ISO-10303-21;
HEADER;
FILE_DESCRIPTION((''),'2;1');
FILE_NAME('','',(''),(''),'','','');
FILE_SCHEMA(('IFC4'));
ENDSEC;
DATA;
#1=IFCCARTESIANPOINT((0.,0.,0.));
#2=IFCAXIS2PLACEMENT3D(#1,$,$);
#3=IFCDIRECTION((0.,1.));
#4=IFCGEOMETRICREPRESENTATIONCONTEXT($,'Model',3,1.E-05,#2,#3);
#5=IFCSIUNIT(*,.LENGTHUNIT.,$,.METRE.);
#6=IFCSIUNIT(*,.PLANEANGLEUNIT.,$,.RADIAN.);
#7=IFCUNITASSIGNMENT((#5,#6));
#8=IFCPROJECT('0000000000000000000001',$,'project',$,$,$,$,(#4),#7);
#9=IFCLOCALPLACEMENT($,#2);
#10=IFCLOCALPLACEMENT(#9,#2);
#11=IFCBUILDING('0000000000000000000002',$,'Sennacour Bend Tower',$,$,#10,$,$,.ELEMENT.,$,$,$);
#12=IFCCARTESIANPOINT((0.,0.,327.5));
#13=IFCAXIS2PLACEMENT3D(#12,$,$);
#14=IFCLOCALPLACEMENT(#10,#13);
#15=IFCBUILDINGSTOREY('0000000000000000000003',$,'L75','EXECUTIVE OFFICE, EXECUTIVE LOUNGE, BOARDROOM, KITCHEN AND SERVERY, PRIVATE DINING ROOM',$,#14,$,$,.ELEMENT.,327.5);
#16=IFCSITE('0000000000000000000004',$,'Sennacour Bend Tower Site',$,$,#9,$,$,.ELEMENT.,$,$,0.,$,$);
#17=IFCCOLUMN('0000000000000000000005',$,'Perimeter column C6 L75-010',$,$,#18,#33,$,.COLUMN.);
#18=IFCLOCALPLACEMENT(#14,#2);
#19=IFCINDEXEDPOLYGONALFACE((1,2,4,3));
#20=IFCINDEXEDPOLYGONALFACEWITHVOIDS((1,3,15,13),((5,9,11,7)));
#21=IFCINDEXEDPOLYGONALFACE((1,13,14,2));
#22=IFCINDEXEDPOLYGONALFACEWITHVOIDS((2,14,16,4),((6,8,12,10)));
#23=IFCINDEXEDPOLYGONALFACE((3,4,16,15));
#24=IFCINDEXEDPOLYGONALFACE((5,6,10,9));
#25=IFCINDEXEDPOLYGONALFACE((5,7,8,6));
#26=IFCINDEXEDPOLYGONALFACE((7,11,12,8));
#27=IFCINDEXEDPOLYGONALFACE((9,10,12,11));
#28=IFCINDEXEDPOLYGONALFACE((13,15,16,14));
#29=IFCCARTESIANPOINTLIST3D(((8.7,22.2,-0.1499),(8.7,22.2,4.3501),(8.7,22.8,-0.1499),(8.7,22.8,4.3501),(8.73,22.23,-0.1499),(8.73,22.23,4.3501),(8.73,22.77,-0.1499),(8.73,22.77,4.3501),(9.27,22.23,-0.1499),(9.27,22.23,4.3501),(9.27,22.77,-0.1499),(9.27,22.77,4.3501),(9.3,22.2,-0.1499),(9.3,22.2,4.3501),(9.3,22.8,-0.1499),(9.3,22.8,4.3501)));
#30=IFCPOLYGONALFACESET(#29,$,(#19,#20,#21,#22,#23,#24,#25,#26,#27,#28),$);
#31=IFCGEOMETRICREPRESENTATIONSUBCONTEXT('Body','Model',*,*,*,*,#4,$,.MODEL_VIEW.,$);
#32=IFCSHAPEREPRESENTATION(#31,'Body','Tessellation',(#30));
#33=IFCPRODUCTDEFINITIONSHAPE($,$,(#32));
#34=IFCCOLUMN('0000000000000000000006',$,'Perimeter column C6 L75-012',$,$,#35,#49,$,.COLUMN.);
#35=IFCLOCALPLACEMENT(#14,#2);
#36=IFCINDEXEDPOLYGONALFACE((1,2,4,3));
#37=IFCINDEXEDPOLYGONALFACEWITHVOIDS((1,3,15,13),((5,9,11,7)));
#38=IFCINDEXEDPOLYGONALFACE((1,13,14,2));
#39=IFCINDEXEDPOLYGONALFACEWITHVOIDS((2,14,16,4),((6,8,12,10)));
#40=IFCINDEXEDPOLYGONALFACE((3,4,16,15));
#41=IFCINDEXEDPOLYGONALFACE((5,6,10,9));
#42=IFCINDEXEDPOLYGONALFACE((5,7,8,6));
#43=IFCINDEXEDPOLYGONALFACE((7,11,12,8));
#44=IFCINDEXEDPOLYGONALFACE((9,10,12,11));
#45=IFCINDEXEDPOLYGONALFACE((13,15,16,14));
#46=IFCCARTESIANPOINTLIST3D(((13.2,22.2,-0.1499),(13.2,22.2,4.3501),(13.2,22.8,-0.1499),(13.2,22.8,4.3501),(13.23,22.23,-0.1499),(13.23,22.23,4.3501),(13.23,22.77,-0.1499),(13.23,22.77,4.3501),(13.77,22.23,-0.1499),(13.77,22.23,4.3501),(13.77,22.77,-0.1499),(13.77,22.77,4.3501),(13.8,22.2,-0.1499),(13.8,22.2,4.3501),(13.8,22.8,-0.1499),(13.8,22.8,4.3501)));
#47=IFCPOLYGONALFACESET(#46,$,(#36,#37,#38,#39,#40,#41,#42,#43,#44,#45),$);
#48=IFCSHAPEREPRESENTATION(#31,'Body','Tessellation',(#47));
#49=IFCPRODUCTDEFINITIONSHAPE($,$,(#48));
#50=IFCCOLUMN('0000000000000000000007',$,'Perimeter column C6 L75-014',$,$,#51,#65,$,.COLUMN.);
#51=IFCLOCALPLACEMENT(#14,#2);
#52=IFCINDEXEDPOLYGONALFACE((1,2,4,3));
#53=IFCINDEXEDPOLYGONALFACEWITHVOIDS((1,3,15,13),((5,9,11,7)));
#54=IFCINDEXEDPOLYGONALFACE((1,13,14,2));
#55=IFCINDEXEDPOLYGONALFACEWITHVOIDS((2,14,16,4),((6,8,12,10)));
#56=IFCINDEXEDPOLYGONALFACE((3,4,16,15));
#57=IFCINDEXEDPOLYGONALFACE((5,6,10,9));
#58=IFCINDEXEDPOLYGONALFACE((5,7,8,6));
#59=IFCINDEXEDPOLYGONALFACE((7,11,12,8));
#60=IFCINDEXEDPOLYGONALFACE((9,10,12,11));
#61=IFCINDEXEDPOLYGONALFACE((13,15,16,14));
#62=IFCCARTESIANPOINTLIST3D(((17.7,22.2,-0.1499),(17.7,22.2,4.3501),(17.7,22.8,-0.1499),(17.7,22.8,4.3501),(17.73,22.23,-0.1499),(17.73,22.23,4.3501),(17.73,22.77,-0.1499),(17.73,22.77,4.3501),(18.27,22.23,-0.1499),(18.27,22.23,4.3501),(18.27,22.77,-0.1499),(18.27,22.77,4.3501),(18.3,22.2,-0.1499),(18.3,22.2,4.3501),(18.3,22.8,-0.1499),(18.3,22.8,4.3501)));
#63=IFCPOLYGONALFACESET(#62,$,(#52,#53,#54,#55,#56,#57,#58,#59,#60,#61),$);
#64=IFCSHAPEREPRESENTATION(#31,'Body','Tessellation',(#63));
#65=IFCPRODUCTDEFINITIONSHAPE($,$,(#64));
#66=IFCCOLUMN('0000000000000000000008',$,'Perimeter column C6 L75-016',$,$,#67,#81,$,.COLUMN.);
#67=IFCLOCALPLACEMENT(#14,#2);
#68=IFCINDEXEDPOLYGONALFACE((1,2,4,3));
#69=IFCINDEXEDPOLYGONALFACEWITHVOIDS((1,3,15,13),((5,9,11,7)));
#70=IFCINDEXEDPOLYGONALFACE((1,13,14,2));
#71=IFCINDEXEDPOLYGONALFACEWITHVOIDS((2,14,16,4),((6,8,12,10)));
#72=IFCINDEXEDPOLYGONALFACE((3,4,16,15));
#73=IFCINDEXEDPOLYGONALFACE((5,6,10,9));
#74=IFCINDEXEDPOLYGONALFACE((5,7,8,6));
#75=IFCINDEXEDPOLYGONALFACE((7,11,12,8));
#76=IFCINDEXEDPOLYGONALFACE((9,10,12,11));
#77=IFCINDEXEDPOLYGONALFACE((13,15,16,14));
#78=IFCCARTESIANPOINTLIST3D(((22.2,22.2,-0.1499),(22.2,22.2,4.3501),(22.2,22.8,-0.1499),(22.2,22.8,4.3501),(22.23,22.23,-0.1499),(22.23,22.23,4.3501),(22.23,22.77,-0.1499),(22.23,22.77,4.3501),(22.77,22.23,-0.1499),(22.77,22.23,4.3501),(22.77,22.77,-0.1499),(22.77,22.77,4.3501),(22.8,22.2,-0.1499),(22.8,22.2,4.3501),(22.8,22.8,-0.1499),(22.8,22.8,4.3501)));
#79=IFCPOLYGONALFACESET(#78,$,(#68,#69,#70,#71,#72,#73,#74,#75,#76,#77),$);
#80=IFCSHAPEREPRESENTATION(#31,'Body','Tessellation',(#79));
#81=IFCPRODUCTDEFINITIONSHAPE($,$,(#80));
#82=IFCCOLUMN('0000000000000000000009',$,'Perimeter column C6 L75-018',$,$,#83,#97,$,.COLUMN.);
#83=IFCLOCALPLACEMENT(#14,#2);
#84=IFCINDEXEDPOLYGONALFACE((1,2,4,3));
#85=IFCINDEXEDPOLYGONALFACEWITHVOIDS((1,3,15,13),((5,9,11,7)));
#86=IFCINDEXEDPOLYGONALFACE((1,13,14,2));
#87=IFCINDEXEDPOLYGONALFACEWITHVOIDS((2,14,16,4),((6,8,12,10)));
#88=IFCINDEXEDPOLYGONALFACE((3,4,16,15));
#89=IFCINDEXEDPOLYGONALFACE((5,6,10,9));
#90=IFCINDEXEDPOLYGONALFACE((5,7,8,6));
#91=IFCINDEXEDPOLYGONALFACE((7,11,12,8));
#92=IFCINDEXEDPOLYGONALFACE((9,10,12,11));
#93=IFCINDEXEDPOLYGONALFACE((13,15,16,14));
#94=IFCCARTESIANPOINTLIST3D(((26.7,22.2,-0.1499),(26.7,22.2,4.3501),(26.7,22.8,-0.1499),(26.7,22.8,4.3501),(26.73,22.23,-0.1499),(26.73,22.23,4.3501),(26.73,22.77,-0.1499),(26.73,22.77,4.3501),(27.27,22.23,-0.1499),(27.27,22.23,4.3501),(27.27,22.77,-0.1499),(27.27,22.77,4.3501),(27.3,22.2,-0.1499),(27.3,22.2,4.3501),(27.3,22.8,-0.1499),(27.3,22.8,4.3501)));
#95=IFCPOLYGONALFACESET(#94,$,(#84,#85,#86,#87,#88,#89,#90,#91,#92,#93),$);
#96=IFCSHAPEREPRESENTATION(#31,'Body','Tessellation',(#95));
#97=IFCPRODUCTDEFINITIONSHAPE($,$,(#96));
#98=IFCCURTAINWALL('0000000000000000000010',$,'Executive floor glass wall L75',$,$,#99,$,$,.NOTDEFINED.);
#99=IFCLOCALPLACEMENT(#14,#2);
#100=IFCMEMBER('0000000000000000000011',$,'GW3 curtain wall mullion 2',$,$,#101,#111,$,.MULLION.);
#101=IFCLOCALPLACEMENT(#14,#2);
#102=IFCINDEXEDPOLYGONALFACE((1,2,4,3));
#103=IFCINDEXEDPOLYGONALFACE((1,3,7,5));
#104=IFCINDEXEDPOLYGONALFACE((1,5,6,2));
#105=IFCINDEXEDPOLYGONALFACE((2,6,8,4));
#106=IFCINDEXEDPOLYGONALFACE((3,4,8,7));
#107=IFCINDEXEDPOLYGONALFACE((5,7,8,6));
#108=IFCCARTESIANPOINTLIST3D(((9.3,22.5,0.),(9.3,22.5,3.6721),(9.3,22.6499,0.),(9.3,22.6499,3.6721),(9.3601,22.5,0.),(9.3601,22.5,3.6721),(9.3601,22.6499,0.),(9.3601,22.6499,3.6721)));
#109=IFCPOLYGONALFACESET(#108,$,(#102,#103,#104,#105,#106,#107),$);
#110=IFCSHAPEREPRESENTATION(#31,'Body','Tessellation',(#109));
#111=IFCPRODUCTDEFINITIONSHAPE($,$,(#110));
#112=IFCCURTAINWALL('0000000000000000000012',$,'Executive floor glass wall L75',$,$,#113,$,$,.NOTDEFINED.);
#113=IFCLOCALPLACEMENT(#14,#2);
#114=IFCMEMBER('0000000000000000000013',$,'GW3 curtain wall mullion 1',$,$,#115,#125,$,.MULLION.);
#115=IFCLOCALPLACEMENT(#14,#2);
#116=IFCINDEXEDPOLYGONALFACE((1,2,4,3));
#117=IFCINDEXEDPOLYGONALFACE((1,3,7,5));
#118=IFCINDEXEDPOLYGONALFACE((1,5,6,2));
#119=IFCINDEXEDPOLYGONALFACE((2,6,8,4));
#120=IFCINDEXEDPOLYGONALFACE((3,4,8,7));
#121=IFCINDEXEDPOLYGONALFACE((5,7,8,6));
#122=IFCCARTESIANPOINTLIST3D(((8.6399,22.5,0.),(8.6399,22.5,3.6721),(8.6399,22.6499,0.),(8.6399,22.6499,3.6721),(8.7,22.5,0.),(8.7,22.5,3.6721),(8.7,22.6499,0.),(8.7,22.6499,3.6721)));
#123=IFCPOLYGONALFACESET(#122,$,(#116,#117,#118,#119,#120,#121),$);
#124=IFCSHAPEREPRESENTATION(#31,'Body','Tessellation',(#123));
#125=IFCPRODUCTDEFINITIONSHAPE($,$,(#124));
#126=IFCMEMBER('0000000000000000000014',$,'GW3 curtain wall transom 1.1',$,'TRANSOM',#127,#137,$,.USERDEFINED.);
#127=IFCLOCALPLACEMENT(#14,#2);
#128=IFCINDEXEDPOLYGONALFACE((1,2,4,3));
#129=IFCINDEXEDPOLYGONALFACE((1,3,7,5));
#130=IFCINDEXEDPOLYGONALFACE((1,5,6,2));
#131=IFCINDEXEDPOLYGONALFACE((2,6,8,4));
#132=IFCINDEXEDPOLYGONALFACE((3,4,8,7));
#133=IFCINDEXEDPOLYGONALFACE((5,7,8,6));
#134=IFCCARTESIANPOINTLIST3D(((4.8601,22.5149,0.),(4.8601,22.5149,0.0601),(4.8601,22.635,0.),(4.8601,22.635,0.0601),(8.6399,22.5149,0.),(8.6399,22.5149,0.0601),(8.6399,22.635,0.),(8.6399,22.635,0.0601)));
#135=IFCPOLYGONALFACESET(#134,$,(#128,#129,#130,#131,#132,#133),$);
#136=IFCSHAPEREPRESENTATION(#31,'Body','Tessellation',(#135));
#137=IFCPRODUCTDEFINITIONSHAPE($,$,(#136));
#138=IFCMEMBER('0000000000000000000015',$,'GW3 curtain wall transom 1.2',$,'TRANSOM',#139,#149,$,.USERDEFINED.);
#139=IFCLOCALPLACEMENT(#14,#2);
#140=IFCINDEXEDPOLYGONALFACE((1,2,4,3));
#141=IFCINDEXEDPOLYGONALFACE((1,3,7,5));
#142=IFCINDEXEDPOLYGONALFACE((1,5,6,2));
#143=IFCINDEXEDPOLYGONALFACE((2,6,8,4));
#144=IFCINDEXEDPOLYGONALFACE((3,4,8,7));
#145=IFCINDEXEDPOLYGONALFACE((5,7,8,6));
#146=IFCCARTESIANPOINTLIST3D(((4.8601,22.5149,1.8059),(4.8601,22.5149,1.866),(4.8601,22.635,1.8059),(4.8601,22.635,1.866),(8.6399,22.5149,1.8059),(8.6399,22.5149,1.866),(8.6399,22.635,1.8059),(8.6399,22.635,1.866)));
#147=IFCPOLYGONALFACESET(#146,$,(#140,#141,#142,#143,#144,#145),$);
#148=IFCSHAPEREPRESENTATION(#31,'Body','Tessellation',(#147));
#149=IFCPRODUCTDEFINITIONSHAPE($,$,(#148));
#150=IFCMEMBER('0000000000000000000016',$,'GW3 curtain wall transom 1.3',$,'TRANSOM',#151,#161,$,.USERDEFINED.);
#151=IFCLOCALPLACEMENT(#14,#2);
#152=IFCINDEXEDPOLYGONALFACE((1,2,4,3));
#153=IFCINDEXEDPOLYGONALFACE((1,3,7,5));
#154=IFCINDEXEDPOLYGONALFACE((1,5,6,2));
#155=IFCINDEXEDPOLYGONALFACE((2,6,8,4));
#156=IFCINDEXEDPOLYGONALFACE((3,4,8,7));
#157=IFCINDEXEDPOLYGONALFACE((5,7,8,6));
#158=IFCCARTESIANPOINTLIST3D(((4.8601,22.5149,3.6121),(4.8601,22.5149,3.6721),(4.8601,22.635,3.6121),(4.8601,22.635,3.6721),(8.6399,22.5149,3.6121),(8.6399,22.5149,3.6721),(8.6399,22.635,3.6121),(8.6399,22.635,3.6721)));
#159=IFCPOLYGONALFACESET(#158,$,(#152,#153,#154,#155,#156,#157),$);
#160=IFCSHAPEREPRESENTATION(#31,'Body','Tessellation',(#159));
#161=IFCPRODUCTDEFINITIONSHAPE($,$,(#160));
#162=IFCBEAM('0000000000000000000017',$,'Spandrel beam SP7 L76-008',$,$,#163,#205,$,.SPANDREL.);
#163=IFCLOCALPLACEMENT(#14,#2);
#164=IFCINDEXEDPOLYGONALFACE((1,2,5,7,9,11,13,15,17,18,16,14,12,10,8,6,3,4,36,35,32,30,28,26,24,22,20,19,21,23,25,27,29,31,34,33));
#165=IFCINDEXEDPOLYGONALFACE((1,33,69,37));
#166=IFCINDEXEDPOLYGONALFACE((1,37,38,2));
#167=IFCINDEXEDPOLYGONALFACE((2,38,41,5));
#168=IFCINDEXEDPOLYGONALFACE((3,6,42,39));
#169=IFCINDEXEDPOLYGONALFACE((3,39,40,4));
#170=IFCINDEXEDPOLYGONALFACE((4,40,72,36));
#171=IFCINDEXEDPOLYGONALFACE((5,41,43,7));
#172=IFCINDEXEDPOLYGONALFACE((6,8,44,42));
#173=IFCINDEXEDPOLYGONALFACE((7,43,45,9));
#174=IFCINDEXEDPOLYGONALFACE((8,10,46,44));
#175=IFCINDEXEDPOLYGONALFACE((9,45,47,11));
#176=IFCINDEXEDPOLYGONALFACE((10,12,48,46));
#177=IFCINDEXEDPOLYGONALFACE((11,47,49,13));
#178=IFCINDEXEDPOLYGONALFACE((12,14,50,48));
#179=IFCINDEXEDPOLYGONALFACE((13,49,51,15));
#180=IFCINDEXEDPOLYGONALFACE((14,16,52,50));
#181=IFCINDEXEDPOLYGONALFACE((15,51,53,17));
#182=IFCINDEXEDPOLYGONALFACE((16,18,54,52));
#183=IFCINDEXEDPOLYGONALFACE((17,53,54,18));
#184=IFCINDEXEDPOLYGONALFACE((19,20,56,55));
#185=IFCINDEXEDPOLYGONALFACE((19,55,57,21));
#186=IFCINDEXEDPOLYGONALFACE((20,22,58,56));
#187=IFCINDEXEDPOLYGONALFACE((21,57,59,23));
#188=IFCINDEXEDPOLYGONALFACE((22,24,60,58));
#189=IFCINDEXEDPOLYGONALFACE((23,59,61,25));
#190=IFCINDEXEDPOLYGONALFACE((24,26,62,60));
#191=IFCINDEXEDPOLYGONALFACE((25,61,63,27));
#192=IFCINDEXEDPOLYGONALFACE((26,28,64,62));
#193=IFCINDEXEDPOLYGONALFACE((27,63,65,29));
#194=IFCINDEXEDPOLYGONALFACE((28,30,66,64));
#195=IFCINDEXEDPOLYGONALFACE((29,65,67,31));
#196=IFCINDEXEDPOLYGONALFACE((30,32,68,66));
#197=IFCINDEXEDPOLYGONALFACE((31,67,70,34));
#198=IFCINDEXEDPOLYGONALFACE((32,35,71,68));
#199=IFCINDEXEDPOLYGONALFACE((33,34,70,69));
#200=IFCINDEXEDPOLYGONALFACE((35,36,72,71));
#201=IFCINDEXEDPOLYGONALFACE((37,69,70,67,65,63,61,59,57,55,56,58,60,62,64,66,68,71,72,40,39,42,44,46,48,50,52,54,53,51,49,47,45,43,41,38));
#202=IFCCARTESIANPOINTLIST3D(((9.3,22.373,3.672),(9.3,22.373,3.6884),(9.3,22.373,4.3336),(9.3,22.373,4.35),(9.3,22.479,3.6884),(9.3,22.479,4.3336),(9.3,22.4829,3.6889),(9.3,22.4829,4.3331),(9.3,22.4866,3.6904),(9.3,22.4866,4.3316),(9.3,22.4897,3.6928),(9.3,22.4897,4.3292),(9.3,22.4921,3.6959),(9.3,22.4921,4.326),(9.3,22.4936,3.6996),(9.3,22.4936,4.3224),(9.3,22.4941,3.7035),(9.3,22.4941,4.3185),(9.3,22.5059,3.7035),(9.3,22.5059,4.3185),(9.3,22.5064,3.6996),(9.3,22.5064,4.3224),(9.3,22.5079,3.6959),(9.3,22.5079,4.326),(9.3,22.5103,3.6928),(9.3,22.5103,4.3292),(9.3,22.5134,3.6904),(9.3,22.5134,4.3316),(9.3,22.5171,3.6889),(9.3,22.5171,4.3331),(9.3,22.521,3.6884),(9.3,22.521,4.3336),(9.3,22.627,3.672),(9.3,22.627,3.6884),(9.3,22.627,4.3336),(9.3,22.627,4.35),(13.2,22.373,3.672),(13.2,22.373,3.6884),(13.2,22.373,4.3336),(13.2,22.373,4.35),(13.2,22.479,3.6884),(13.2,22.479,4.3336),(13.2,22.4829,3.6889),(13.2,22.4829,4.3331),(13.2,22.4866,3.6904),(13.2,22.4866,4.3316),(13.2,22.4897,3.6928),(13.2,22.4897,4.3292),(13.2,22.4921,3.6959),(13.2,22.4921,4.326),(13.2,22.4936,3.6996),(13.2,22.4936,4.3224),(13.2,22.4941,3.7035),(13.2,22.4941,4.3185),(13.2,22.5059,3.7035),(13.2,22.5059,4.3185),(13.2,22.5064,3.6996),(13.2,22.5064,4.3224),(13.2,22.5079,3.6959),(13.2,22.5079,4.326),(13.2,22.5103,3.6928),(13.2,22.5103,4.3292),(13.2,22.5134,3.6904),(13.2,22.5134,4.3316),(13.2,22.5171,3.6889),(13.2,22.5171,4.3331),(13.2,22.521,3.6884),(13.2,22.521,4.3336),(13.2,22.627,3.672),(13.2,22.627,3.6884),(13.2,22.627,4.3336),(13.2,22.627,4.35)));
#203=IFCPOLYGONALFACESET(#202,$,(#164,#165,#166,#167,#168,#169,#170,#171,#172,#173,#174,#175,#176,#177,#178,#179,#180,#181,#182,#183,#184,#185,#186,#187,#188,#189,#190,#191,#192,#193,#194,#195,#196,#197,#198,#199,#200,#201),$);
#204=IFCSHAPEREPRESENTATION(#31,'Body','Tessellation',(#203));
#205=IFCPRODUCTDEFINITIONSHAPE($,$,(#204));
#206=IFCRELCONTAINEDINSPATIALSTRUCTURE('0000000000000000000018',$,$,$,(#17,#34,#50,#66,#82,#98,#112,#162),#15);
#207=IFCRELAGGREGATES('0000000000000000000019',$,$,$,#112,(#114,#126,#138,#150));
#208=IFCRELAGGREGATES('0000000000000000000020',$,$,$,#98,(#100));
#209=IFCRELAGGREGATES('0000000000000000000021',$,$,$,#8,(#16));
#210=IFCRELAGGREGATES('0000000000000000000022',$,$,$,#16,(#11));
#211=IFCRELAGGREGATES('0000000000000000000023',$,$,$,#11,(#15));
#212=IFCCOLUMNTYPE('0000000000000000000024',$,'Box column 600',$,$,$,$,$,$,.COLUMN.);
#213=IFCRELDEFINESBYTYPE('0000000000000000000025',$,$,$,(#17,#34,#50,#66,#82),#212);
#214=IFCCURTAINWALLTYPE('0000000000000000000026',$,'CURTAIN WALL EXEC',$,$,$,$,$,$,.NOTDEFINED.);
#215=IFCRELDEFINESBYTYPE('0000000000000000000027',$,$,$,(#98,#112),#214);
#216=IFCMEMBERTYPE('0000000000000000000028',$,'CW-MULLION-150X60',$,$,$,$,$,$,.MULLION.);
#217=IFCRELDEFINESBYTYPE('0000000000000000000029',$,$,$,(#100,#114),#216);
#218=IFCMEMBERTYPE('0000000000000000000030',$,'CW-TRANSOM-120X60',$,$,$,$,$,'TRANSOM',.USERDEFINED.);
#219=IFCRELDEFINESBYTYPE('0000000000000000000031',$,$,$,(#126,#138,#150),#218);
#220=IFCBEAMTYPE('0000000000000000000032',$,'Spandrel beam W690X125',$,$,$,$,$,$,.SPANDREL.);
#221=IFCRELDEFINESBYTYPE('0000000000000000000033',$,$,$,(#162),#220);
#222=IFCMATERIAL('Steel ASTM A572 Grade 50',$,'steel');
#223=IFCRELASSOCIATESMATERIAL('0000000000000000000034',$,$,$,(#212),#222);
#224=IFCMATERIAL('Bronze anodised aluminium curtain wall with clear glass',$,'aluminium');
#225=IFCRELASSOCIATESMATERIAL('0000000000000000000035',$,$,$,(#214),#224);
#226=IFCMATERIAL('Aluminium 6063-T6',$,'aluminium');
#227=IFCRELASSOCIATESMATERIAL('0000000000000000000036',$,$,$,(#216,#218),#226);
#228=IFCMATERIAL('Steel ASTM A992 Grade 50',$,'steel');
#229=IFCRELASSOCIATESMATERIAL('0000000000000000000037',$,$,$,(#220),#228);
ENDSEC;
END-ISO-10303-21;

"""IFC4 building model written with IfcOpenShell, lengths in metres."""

from ifc_helpers import new_model, si_unit, direction, frame, origin, origin_2d, place, context, subcontext, project, spatial, rectangle, hollow_rectangle, i_section, extrude, material, material_profile, profile_set, type_object, element, aggregate, save


model = new_model("IFC4")

# Units and contexts
model_context = context("Model", 3, precision=1e-05, world=origin(), true_north=direction((0.0, 1.0)))
body_context = subcontext(model_context, "Body", "Model", "MODEL_VIEW")
ifc_project = project(units=[si_unit("LENGTHUNIT", "METRE"), si_unit("PLANEANGLEUNIT", "RADIAN")], contexts=[model_context])

# Site, building, storey
site_placement = place(None, origin())
site = spatial("IfcSite", under=ifc_project, at=site_placement, Name="Sennacour Bend Tower Site", CompositionType="ELEMENT", RefElevation=0.0)
building_placement = place(site_placement, origin())
building = spatial("IfcBuilding", under=site, at=building_placement, Name="Sennacour Bend Tower", CompositionType="ELEMENT")
storey_placement = place(building_placement, frame((0.0, 0.0, 327.5)))
storey = spatial("IfcBuildingStorey", under=building, at=storey_placement, Name="L75", Description="EXECUTIVE OFFICE, EXECUTIVE LOUNGE, BOARDROOM, KITCHEN AND SERVERY, PRIVATE DINING ROOM", CompositionType="ELEMENT", Elevation=327.5)

# Columns
ifc_material_1 = material(Name="Steel ASTM A572 Grade 50", Category="steel")
ifc_material_profile_1 = material_profile(ifc_material_1, hollow_rectangle(XDim=0.6001, YDim=0.6001, WallThickness=0.03, at=origin_2d()), Name="Steel ASTM A572 Grade 50", Category="steel")
ifc_profile_set_1 = profile_set([ifc_material_profile_1], Name="Steel ASTM A572 Grade 50")
column_type = type_object("IfcColumnType", Name="Box column 600", PredefinedType="COLUMN", material=ifc_profile_set_1)
for number, where, z_axis, x_axis, name in (
    (1, (9.0, 22.5, -0.1499), (0.0, 0.0, 1.0), (1.0, 0.0, 0.0), "Perimeter column C6 L75-010"),
    (2, (13.5, 22.5, -0.1499), (0.0, 0.0, 1.0), (1.0, 0.0, 0.0), "Perimeter column C6 L75-012"),
    (3, (18.0, 22.5, -0.1499), (0.0, 0.0, 1.0), (1.0, 0.0, 0.0), "Perimeter column C6 L75-014"),
    (4, (22.5, 22.5, -0.1499), (0.0, 0.0, 1.0), (1.0, 0.0, 0.0), "Perimeter column C6 L75-016"),
    (5, (27.0, 22.5, -0.1499), (0.0, 0.0, 1.0), (1.0, 0.0, 0.0), "Perimeter column C6 L75-018"),
):
    element("IfcColumn", number, at=place(storey_placement, frame(where, z_axis=z_axis, x_axis=x_axis)), inside=storey, type_object=column_type, Name=name, PredefinedType="COLUMN", context=body_context, shape_type="SweptSolid", body=[
        extrude(hollow_rectangle(XDim=0.6001, YDim=0.6001, WallThickness=0.03, at=origin_2d()), origin(), (0.0, 0.0, 1.0), 4.5),
    ])

# Curtain wall, member
ifc_material_2 = material(Name="Bronze anodised aluminium curtain wall with clear glass", Category="aluminium")
curtain_wall_type = type_object("IfcCurtainWallType", Name="CURTAIN WALL EXEC", PredefinedType="NOTDEFINED", material=ifc_material_2)
curtain_wall_1_placement = place(storey_placement, origin())
curtain_wall_1 = element("IfcCurtainWall", 6, at=curtain_wall_1_placement, inside=storey, type_object=curtain_wall_type, Name="Executive floor glass wall L75", PredefinedType="NOTDEFINED")
ifc_material_3 = material(Name="Aluminium 6063-T6", Category="aluminium")
ifc_material_profile_2 = material_profile(ifc_material_3, rectangle(XDim=0.1499, YDim=0.0601, at=origin_2d()), Name="Aluminium 6063-T6", Category="aluminium")
ifc_profile_set_2 = profile_set([ifc_material_profile_2], Name="Aluminium 6063-T6")
member_type_1 = type_object("IfcMemberType", Name="CW-MULLION-150X60", PredefinedType="MULLION", material=ifc_profile_set_2)
member_1_placement = place(storey_placement, frame((9.3301, 22.575, 0.0), z_axis=(0.0, 0.0, 1.0), x_axis=(0.0, -1.0, 0.0)))
member_1 = element("IfcMember", 7, at=member_1_placement, type_object=member_type_1, Name="GW3 curtain wall mullion 2", PredefinedType="MULLION", context=body_context, shape_type="SweptSolid", body=[
    extrude(rectangle(XDim=0.1499, YDim=0.0601, at=origin_2d()), origin(), (0.0, 0.0, 1.0), 3.6721),
])

# Curtain wall, members
curtain_wall_2_placement = place(storey_placement, origin())
curtain_wall_2 = element("IfcCurtainWall", 8, at=curtain_wall_2_placement, inside=storey, type_object=curtain_wall_type, Name="Executive floor glass wall L75", PredefinedType="NOTDEFINED")
member_2_placement = place(storey_placement, frame((8.6699, 22.575, 0.0), z_axis=(0.0, 0.0, 1.0), x_axis=(0.0, -1.0, 0.0)))
member_2 = element("IfcMember", 9, at=member_2_placement, type_object=member_type_1, Name="GW3 curtain wall mullion 1", PredefinedType="MULLION", context=body_context, shape_type="SweptSolid", body=[
    extrude(rectangle(XDim=0.1499, YDim=0.0601, at=origin_2d()), origin(), (0.0, 0.0, 1.0), 3.6721),
])
ifc_material_profile_3 = material_profile(ifc_material_3, rectangle(XDim=0.1201, YDim=0.0601, at=origin_2d()), Name="Aluminium 6063-T6", Category="aluminium")
ifc_profile_set_3 = profile_set([ifc_material_profile_3], Name="Aluminium 6063-T6")
member_type_2 = type_object("IfcMemberType", Name="CW-TRANSOM-120X60", ElementType="TRANSOM", PredefinedType="USERDEFINED", material=ifc_profile_set_3)
member_3_placement = place(storey_placement, frame((8.6399, 22.575, 0.03), z_axis=(-1.0, 0.0, 0.0), x_axis=(0.0, -1.0, 0.0)))
member_3 = element("IfcMember", 10, at=member_3_placement, type_object=member_type_2, Name="GW3 curtain wall transom 1.1", ObjectType="TRANSOM", PredefinedType="USERDEFINED", context=body_context, shape_type="SweptSolid", body=[
    extrude(rectangle(XDim=0.1201, YDim=0.0601, at=origin_2d()), origin(), (0.0, 0.0, 1.0), 3.7798),
])
member_4_placement = place(storey_placement, frame((8.6399, 22.575, 1.8359), z_axis=(-1.0, 0.0, 0.0), x_axis=(0.0, -1.0, 0.0)))
member_4 = element("IfcMember", 11, at=member_4_placement, type_object=member_type_2, Name="GW3 curtain wall transom 1.2", ObjectType="TRANSOM", PredefinedType="USERDEFINED", context=body_context, shape_type="SweptSolid", body=[
    extrude(rectangle(XDim=0.1201, YDim=0.0601, at=origin_2d()), origin(), (0.0, 0.0, 1.0), 3.7798),
])
member_5_placement = place(storey_placement, frame((8.6399, 22.575, 3.6421), z_axis=(-1.0, 0.0, 0.0), x_axis=(0.0, -1.0, 0.0)))
member_5 = element("IfcMember", 12, at=member_5_placement, type_object=member_type_2, Name="GW3 curtain wall transom 1.3", ObjectType="TRANSOM", PredefinedType="USERDEFINED", context=body_context, shape_type="SweptSolid", body=[
    extrude(rectangle(XDim=0.1201, YDim=0.0601, at=origin_2d()), origin(), (0.0, 0.0, 1.0), 3.7798),
])
aggregate(curtain_wall_2, [member_2, member_3, member_4, member_5])

# Beam
ifc_material_4 = material(Name="Steel ASTM A992 Grade 50", Category="steel")
ifc_material_profile_4 = material_profile(ifc_material_4, i_section(OverallWidth=0.2539, OverallDepth=0.678, WebThickness=0.0117, FlangeThickness=0.0164, FilletRadius=0.0151, at=origin_2d()), Name="Steel ASTM A992 Grade 50", Category="steel")
ifc_profile_set_4 = profile_set([ifc_material_profile_4], Name="Steel ASTM A992 Grade 50")
beam_type = type_object("IfcBeamType", Name="Spandrel beam W690X125", PredefinedType="SPANDREL", material=ifc_profile_set_4)
for number, where, z_axis, x_axis, name in (
    (13, (9.3, 22.5, 4.011), (1.0, 0.0, 0.0), (0.0, 1.0, 0.0), "Spandrel beam SP7 L76-008"),
):
    element("IfcBeam", number, at=place(storey_placement, frame(where, z_axis=z_axis, x_axis=x_axis)), inside=storey, type_object=beam_type, Name=name, PredefinedType="SPANDREL", context=body_context, shape_type="SweptSolid", body=[
        extrude(i_section(OverallWidth=0.2539, OverallDepth=0.678, WebThickness=0.0117, FlangeThickness=0.0164, FilletRadius=0.0151, at=origin_2d()), origin(), (0.0, 0.0, 1.0), 3.8999),
    ])

aggregate(curtain_wall_1, [member_1])

save(model, "model.ifc")
